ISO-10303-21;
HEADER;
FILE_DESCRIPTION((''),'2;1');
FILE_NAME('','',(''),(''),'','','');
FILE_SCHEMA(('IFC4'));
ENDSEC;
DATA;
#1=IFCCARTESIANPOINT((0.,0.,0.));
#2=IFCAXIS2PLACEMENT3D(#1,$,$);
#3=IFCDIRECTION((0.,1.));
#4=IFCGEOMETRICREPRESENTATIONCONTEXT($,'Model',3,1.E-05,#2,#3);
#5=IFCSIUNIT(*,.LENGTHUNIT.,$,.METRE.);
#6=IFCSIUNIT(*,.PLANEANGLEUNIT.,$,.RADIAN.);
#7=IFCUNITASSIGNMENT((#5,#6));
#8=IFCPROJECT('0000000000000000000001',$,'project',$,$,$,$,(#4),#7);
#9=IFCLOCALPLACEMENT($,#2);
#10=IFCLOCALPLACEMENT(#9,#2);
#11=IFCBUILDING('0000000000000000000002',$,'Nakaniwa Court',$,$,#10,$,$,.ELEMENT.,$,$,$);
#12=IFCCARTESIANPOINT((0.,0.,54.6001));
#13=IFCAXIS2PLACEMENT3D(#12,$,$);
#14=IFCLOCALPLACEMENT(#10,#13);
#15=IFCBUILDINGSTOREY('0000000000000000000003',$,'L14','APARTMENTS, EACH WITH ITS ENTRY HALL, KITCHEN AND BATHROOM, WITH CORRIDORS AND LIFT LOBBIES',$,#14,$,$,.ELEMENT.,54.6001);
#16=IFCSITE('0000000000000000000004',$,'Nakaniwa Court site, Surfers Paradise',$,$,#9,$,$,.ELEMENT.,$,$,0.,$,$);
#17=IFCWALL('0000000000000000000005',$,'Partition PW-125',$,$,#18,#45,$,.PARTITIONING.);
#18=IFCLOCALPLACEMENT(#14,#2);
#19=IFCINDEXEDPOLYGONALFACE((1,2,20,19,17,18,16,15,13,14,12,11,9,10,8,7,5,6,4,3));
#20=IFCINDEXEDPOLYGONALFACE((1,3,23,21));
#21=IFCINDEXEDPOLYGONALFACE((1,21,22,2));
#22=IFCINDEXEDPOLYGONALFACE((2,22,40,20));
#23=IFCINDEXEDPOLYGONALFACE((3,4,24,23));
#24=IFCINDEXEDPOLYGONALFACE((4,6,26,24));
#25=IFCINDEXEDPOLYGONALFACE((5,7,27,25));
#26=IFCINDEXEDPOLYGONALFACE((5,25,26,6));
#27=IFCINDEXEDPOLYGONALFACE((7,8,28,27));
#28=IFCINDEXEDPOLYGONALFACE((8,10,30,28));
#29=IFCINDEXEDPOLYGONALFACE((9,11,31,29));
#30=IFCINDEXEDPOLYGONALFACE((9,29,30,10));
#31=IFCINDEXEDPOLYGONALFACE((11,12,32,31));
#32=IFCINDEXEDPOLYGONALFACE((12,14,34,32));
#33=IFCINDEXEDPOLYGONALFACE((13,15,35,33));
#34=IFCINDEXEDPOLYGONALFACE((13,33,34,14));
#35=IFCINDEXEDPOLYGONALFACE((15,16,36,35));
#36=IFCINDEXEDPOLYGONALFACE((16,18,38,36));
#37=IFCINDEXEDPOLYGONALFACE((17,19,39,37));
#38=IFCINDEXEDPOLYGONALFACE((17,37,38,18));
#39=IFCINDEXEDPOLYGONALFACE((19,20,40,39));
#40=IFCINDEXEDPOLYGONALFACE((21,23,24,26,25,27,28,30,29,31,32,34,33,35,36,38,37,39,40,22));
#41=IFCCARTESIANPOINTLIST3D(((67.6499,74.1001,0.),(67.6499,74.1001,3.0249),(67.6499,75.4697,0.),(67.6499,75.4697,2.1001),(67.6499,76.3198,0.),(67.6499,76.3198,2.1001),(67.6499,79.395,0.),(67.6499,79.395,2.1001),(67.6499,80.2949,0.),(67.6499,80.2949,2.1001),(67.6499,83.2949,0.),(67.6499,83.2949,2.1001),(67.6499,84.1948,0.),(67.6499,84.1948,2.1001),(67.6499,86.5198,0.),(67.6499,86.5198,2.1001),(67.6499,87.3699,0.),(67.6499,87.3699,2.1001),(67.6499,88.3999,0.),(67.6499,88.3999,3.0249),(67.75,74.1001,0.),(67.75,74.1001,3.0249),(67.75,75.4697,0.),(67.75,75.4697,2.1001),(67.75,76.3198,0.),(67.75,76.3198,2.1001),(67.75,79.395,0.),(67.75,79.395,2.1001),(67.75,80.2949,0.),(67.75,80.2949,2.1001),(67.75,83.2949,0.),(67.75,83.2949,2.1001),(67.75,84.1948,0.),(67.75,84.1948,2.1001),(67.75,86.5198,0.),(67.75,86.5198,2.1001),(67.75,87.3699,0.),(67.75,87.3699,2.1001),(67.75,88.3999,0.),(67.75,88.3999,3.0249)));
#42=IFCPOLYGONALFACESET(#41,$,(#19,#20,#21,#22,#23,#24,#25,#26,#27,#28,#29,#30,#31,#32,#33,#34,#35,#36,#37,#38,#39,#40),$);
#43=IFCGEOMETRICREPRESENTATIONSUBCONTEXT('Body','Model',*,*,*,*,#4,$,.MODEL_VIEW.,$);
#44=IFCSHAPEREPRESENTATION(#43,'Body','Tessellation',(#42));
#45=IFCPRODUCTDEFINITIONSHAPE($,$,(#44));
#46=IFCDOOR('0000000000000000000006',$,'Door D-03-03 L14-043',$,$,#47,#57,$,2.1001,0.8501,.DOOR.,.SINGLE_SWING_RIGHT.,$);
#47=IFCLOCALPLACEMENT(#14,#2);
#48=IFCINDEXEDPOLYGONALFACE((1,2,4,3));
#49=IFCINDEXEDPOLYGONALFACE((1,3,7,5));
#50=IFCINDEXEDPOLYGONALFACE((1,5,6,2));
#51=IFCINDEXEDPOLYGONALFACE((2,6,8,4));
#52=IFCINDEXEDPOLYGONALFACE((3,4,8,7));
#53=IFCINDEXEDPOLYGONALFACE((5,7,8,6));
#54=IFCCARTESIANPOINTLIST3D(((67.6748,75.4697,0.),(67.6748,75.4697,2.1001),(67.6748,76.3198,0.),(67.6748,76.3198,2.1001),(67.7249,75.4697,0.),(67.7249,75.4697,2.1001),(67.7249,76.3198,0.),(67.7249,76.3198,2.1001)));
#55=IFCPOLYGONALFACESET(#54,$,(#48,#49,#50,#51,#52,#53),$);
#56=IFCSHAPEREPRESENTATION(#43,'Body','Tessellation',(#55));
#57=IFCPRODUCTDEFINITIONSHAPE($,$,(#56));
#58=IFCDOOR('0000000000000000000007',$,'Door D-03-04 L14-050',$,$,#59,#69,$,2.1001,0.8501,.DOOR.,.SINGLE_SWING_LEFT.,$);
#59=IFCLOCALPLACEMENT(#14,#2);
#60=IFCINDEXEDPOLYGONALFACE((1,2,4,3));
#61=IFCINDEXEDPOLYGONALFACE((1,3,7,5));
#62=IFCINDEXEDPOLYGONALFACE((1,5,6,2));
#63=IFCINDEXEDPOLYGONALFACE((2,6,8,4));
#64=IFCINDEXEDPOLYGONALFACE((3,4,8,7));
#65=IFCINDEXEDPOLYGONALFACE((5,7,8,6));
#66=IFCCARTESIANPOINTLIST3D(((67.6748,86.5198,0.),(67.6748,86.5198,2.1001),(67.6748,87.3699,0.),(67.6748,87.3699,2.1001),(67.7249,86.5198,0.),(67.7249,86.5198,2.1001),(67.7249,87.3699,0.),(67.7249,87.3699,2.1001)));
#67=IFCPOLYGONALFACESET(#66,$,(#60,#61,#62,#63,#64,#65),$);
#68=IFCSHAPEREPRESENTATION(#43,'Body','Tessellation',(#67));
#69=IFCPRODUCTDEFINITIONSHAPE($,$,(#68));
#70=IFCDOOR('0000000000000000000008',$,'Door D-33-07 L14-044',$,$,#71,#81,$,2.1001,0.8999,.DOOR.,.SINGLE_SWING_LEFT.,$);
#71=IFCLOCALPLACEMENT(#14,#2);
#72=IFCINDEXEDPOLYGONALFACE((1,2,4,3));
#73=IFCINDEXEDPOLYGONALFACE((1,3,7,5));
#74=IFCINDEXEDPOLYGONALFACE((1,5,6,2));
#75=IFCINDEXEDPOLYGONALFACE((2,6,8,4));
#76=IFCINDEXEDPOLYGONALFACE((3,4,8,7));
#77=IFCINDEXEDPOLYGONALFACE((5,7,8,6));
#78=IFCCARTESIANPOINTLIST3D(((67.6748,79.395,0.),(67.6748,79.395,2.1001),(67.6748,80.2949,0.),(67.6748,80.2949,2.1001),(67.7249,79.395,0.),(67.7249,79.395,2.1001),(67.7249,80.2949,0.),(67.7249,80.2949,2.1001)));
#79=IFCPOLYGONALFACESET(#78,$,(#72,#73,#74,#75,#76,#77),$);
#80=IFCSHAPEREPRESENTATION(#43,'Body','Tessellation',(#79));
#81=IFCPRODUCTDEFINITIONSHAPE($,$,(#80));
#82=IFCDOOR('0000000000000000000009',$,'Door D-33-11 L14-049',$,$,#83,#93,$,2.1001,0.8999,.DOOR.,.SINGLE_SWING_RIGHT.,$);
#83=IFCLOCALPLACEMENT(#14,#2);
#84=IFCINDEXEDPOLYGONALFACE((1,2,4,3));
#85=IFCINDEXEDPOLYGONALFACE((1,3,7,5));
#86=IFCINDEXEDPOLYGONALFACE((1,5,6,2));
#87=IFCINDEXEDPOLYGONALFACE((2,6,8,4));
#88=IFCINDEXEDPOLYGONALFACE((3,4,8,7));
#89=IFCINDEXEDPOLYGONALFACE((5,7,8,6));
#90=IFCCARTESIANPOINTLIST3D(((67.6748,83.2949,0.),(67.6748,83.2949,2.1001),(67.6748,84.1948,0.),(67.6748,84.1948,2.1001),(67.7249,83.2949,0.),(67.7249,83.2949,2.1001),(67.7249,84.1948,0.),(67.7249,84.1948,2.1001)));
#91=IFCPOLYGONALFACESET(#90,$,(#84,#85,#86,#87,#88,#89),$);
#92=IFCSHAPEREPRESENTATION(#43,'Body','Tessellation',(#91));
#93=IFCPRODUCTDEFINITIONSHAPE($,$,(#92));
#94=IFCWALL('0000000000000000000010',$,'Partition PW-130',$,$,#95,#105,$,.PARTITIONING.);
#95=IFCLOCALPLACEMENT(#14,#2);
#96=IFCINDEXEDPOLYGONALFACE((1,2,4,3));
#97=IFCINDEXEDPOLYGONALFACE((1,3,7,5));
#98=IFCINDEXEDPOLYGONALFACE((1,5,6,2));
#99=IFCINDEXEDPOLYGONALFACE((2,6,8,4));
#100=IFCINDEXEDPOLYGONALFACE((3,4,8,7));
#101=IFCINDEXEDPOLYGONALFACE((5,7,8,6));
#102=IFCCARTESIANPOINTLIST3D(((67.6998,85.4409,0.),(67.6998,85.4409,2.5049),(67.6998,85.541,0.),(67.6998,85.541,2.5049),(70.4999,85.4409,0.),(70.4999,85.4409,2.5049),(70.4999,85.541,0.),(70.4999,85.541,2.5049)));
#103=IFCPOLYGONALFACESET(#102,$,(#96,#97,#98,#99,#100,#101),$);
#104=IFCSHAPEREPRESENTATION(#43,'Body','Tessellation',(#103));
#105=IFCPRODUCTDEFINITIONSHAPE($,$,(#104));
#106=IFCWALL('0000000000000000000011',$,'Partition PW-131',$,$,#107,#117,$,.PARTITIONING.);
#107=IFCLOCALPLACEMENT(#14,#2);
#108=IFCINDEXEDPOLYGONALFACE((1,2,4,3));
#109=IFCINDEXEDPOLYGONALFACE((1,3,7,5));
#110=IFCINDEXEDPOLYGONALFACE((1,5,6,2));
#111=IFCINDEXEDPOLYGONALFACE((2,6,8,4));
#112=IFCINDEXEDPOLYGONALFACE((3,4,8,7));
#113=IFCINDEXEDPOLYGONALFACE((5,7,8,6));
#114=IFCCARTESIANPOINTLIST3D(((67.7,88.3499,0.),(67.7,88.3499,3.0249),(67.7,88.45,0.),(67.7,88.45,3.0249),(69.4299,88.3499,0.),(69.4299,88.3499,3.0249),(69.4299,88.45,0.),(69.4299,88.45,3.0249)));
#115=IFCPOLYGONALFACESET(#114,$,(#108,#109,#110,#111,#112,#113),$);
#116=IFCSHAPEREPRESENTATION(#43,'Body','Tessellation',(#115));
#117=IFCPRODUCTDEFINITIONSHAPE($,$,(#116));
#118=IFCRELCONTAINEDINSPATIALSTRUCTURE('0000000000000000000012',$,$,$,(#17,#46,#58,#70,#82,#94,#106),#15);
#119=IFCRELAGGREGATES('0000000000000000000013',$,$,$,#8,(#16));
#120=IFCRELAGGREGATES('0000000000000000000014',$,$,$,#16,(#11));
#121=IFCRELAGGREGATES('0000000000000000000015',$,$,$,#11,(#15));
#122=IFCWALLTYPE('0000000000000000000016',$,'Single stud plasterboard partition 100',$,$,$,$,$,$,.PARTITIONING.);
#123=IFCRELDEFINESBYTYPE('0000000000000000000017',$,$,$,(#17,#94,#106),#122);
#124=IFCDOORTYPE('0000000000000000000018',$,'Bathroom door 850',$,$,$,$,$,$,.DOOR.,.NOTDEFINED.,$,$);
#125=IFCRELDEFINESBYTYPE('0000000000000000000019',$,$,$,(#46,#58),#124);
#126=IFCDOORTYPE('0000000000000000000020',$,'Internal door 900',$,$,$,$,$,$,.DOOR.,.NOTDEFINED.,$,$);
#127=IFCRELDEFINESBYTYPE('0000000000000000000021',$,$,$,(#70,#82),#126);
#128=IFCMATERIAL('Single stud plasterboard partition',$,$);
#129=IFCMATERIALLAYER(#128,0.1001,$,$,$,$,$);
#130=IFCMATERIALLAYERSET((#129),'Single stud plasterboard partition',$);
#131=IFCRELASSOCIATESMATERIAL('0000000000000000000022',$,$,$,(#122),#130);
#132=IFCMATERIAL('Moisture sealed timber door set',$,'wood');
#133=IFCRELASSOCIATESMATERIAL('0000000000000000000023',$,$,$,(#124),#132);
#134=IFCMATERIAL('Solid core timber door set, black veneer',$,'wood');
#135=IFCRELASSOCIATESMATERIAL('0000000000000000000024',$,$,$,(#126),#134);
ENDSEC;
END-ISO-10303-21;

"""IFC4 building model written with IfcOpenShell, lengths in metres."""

from ifc_helpers import new_model, si_unit, direction, frame, frame_2d, origin, place, context, subcontext, project, spatial, rectangle, extrude, material, layer, layer_set, type_object, element, fill, save


model = new_model("IFC4")

# Units and contexts
model_context = context("Model", 3, precision=1e-05, world=origin(), true_north=direction((0.0, 1.0)))
body_context = subcontext(model_context, "Body", "Model", "MODEL_VIEW")
ifc_project = project(units=[si_unit("LENGTHUNIT", "METRE"), si_unit("PLANEANGLEUNIT", "RADIAN")], contexts=[model_context])

# Site, building, storey
site_placement = place(None, origin())
site = spatial("IfcSite", under=ifc_project, at=site_placement, Name="Nakaniwa Court site, Surfers Paradise", CompositionType="ELEMENT", RefElevation=0.0)
building_placement = place(site_placement, origin())
building = spatial("IfcBuilding", under=site, at=building_placement, Name="Nakaniwa Court", CompositionType="ELEMENT")
storey_placement = place(building_placement, frame((0.0, 0.0, 54.6001)))
storey = spatial("IfcBuildingStorey", under=building, at=storey_placement, Name="L14", Description="APARTMENTS, EACH WITH ITS ENTRY HALL, KITCHEN AND BATHROOM, WITH CORRIDORS AND LIFT LOBBIES", CompositionType="ELEMENT", Elevation=54.6001)

# Wall, openings, doors
ifc_material_1 = material(Name="Single stud plasterboard partition")
ifc_layer_1 = layer(ifc_material_1, 0.1001)
ifc_layer_set_1 = layer_set([ifc_layer_1], Name="Single stud plasterboard partition")
wall_type_1 = type_object("IfcWallType", Name="Single stud plasterboard partition 100", PredefinedType="PARTITIONING", material=ifc_layer_set_1)
wall_1_placement = place(storey_placement, frame((67.7, 88.3999, 0.0), z_axis=(0.0, 0.0, 1.0), x_axis=(0.0, -1.0, 0.0)))
wall_1 = element("IfcWall", 1, at=wall_1_placement, inside=storey, type_object=wall_type_1, Name="Partition PW-125", PredefinedType="PARTITIONING", context=body_context, shape_type="SweptSolid", body=[
    extrude(rectangle(XDim=14.2998, YDim=0.1001, at=frame_2d((7.1499, 0.0))), origin(), (0.0, 0.0, 1.0), 3.0249),
])
opening_1_placement = place(wall_1_placement, frame((12.0801, 0.0, 0.0)))
opening_1 = element("IfcOpeningElement", 2, at=opening_1_placement, cuts=wall_1, PredefinedType="OPENING", context=body_context, shape_type="SweptSolid", body=[
    extrude(rectangle(XDim=0.8501, YDim=2.1001, at=frame_2d((0.425, 1.05))), frame((0.0, 0.0601, 0.0), z_axis=(0.0, -1.0, 0.0), x_axis=(1.0, 0.0, 0.0)), (0.0, 0.0, 1.0), 0.1201),
])
opening_2_placement = place(wall_1_placement, frame((8.105, 0.0, 0.0)))
opening_2 = element("IfcOpeningElement", 3, at=opening_2_placement, cuts=wall_1, PredefinedType="OPENING", context=body_context, shape_type="SweptSolid", body=[
    extrude(rectangle(XDim=0.8999, YDim=2.1001, at=frame_2d((0.45, 1.05))), frame((0.0, 0.0601, 0.0), z_axis=(0.0, -1.0, 0.0), x_axis=(1.0, 0.0, 0.0)), (0.0, 0.0, 1.0), 0.1201),
])
opening_3_placement = place(wall_1_placement, frame((4.2051, 0.0, 0.0)))
opening_3 = element("IfcOpeningElement", 4, at=opening_3_placement, cuts=wall_1, PredefinedType="OPENING", context=body_context, shape_type="SweptSolid", body=[
    extrude(rectangle(XDim=0.8999, YDim=2.1001, at=frame_2d((0.45, 1.05))), frame((0.0, 0.0601, 0.0), z_axis=(0.0, -1.0, 0.0), x_axis=(1.0, 0.0, 0.0)), (0.0, 0.0, 1.0), 0.1201),
])
opening_4_placement = place(wall_1_placement, frame((1.03, 0.0, 0.0)))
opening_4 = element("IfcOpeningElement", 5, at=opening_4_placement, cuts=wall_1, PredefinedType="OPENING", context=body_context, shape_type="SweptSolid", body=[
    extrude(rectangle(XDim=0.8501, YDim=2.1001, at=frame_2d((0.425, 1.05))), frame((0.0, 0.0601, 0.0), z_axis=(0.0, -1.0, 0.0), x_axis=(1.0, 0.0, 0.0)), (0.0, 0.0, 1.0), 0.1201),
])
ifc_material_2 = material(Name="Moisture sealed timber door set", Category="wood")
door_type_1 = type_object("IfcDoorType", Name="Bathroom door 850", OperationType="NOTDEFINED", PredefinedType="DOOR", material=ifc_material_2)
door_1_placement = place(opening_1_placement, origin())
door_1 = element("IfcDoor", 6, at=door_1_placement, inside=storey, type_object=door_type_1, Name="Door D-03-03 L14-043", OperationType="SINGLE_SWING_RIGHT", OverallHeight=2.1001, OverallWidth=0.8501, PredefinedType="DOOR", context=body_context, shape_type="SweptSolid", body=[
    extrude(rectangle(XDim=0.8501, YDim=2.1001, at=frame_2d((0.425, 1.05))), frame((0.0, 0.0249, 0.0), z_axis=(0.0, -1.0, 0.0), x_axis=(1.0, 0.0, 0.0)), (0.0, 0.0, 1.0), 0.05),
])
fill(opening_1, door_1)
door_2_placement = place(opening_4_placement, origin())
door_2 = element("IfcDoor", 7, at=door_2_placement, inside=storey, type_object=door_type_1, Name="Door D-03-04 L14-050", OperationType="SINGLE_SWING_LEFT", OverallHeight=2.1001, OverallWidth=0.8501, PredefinedType="DOOR", context=body_context, shape_type="SweptSolid", body=[
    extrude(rectangle(XDim=0.8501, YDim=2.1001, at=frame_2d((0.425, 1.05))), frame((0.0, 0.0249, 0.0), z_axis=(0.0, -1.0, 0.0), x_axis=(1.0, 0.0, 0.0)), (0.0, 0.0, 1.0), 0.05),
])
fill(opening_4, door_2)
ifc_material_3 = material(Name="Solid core timber door set, black veneer", Category="wood")
door_type_2 = type_object("IfcDoorType", Name="Internal door 900", OperationType="NOTDEFINED", PredefinedType="DOOR", material=ifc_material_3)
door_3_placement = place(opening_2_placement, origin())
door_3 = element("IfcDoor", 8, at=door_3_placement, inside=storey, type_object=door_type_2, Name="Door D-33-07 L14-044", OperationType="SINGLE_SWING_LEFT", OverallHeight=2.1001, OverallWidth=0.8999, PredefinedType="DOOR", context=body_context, shape_type="SweptSolid", body=[
    extrude(rectangle(XDim=0.8999, YDim=2.1001, at=frame_2d((0.45, 1.05))), frame((0.0, 0.0249, 0.0), z_axis=(0.0, -1.0, 0.0), x_axis=(1.0, 0.0, 0.0)), (0.0, 0.0, 1.0), 0.05),
])
fill(opening_2, door_3)
door_4_placement = place(opening_3_placement, origin())
door_4 = element("IfcDoor", 9, at=door_4_placement, inside=storey, type_object=door_type_2, Name="Door D-33-11 L14-049", OperationType="SINGLE_SWING_RIGHT", OverallHeight=2.1001, OverallWidth=0.8999, PredefinedType="DOOR", context=body_context, shape_type="SweptSolid", body=[
    extrude(rectangle(XDim=0.8999, YDim=2.1001, at=frame_2d((0.45, 1.05))), frame((0.0, 0.0249, 0.0), z_axis=(0.0, -1.0, 0.0), x_axis=(1.0, 0.0, 0.0)), (0.0, 0.0, 1.0), 0.05),
])
fill(opening_3, door_4)

# Walls
wall_2_placement = place(storey_placement, frame((67.7, 85.491, 0.0), z_axis=(0.0, 0.0, 1.0), x_axis=(1.0, 0.0, 0.0)))
element("IfcWall", 10, at=wall_2_placement, inside=storey, type_object=wall_type_1, Name="Partition PW-130", PredefinedType="PARTITIONING", context=body_context, shape_type="SweptSolid", body=[
    extrude(rectangle(XDim=2.8, YDim=0.1001, at=frame_2d((1.3999, 0.0))), origin(), (0.0, 0.0, 1.0), 2.5049),
])
wall_3_placement = place(storey_placement, frame((67.7, 88.3999, 0.0), z_axis=(0.0, 0.0, 1.0), x_axis=(1.0, 0.0, 0.0)))
element("IfcWall", 11, at=wall_3_placement, inside=storey, type_object=wall_type_1, Name="Partition PW-131", PredefinedType="PARTITIONING", context=body_context, shape_type="SweptSolid", body=[
    extrude(rectangle(XDim=1.73, YDim=0.1001, at=frame_2d((0.865, 0.0))), origin(), (0.0, 0.0, 1.0), 3.0249),
])

save(model, "model.ifc")
